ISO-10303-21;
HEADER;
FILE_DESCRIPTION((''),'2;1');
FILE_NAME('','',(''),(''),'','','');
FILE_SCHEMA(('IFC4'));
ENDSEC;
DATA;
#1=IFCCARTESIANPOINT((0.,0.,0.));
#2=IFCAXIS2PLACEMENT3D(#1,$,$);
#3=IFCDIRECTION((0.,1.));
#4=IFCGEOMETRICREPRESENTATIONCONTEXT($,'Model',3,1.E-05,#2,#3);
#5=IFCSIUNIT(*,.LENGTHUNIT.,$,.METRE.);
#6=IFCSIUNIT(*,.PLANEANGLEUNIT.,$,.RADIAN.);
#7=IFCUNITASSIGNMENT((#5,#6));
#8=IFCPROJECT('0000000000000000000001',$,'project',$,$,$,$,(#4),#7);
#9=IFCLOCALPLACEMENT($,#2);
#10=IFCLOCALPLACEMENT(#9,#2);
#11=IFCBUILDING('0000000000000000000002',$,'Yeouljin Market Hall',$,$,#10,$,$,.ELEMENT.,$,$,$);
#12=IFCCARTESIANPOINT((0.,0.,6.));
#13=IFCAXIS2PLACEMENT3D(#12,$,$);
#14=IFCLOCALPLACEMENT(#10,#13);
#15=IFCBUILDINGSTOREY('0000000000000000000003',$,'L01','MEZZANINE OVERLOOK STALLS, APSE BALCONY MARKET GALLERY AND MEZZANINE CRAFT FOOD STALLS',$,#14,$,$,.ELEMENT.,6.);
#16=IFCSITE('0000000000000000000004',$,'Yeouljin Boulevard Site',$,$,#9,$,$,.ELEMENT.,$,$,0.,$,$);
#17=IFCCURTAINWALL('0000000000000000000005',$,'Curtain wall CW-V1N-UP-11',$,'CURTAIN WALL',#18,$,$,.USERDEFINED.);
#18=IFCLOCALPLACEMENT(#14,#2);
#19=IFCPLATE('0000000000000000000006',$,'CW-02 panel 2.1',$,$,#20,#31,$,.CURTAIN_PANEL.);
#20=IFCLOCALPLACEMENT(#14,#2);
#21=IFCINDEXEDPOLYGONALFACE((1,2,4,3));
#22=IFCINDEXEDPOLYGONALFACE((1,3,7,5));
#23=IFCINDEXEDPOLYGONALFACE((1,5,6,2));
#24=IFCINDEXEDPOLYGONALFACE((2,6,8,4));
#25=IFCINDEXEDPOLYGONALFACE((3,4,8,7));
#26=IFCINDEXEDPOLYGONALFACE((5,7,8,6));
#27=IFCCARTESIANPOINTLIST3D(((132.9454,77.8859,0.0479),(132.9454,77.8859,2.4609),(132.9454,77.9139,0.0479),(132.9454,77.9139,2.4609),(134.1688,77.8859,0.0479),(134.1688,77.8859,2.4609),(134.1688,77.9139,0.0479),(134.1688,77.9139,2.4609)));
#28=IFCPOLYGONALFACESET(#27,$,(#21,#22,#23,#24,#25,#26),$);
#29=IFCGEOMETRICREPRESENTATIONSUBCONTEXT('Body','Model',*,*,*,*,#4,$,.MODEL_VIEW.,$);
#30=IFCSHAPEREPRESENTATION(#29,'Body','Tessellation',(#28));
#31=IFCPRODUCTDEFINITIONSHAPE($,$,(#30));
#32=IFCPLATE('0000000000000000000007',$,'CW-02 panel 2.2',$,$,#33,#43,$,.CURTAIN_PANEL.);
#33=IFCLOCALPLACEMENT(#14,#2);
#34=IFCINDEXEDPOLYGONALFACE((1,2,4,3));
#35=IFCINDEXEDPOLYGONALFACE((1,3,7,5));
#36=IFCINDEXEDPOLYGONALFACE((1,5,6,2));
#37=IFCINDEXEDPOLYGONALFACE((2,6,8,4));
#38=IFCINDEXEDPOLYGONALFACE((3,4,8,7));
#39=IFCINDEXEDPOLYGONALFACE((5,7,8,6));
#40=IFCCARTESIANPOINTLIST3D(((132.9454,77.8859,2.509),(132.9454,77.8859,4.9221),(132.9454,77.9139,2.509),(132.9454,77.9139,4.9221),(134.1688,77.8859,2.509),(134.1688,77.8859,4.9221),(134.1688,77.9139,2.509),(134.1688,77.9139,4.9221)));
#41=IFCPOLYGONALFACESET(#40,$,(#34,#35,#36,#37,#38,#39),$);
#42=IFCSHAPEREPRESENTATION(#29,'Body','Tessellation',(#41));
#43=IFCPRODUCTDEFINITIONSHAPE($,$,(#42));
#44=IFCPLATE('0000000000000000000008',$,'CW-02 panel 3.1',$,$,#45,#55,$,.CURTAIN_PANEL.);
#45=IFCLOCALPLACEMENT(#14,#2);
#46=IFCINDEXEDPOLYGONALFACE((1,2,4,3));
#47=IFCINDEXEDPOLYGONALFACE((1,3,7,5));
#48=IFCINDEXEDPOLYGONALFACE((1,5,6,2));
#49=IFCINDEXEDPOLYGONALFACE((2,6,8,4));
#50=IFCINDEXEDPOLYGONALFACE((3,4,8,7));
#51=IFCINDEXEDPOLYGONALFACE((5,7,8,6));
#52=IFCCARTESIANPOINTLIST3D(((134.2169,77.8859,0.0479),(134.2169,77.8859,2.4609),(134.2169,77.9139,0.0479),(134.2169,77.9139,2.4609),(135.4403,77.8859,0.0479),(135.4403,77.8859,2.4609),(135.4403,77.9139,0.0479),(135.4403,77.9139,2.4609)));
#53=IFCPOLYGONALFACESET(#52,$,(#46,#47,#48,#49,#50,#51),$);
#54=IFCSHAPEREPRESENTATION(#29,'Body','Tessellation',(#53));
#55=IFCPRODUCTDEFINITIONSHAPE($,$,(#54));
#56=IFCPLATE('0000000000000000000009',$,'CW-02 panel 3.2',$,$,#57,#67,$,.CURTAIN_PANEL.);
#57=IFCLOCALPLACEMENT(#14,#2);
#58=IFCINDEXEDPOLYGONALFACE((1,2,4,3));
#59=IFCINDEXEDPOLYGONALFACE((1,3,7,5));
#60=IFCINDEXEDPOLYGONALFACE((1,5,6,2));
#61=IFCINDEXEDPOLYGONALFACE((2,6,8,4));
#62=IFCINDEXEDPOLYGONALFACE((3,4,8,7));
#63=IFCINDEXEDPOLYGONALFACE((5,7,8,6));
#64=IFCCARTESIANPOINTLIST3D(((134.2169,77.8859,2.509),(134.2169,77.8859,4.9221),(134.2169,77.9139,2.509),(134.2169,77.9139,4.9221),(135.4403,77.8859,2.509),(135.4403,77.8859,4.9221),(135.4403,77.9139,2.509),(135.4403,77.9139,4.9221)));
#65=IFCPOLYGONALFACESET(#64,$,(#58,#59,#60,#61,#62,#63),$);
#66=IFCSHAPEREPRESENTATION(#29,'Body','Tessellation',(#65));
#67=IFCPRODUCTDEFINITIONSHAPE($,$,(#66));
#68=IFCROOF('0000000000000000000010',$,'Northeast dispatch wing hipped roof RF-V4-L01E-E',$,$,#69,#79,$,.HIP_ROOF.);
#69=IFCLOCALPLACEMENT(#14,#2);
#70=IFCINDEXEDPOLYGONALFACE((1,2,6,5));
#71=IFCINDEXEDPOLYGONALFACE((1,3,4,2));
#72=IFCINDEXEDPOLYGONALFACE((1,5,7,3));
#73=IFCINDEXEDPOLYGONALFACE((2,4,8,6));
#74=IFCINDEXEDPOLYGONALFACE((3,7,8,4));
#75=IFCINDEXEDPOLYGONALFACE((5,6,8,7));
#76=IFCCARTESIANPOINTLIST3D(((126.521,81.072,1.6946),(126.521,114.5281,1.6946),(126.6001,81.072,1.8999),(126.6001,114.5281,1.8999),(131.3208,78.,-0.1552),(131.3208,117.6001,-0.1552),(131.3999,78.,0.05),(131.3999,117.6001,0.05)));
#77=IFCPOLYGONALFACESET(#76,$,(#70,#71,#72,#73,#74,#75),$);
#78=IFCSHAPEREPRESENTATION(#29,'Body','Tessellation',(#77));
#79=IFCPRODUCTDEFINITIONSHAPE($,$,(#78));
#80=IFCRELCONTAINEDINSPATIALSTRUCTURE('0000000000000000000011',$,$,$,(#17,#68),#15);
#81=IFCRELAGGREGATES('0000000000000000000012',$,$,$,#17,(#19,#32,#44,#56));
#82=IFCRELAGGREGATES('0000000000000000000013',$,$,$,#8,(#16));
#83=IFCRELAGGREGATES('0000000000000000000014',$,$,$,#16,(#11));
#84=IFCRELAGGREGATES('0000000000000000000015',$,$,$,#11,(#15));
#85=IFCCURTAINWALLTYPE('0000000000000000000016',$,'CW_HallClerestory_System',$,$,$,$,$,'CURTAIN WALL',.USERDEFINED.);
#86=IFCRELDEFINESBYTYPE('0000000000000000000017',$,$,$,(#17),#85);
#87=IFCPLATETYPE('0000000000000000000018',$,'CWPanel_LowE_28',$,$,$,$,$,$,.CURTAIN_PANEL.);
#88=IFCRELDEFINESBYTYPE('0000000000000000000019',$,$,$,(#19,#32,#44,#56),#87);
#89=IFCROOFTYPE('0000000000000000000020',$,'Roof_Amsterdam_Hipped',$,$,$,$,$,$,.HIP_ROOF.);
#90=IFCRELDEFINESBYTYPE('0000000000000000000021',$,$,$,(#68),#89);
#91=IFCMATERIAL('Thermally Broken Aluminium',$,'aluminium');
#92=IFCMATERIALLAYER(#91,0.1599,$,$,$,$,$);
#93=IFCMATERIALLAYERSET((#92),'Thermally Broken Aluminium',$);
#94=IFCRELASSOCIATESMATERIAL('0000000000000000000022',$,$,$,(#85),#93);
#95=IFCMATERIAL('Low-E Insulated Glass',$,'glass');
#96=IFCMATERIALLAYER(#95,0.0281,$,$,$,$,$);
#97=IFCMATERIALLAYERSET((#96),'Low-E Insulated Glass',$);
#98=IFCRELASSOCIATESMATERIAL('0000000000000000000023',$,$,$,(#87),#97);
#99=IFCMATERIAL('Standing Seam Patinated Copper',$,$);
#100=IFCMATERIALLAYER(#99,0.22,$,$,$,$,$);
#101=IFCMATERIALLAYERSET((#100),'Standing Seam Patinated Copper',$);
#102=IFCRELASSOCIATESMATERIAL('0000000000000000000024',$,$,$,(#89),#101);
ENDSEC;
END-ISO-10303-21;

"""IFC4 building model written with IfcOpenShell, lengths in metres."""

from ifc_helpers import new_model, si_unit, direction, frame, origin, origin_2d, place, context, subcontext, project, spatial, polyline, rectangle, outline, extrude, material, layer, layer_set, type_object, element, aggregate, save


model = new_model("IFC4")

# Units and contexts
model_context = context("Model", 3, precision=1e-05, world=origin(), true_north=direction((0.0, 1.0)))
body_context = subcontext(model_context, "Body", "Model", "MODEL_VIEW")
ifc_project = project(units=[si_unit("LENGTHUNIT", "METRE"), si_unit("PLANEANGLEUNIT", "RADIAN")], contexts=[model_context])

# Site, building, storey
site_placement = place(None, origin())
site = spatial("IfcSite", under=ifc_project, at=site_placement, Name="Yeouljin Boulevard Site", CompositionType="ELEMENT", RefElevation=0.0)
building_placement = place(site_placement, origin())
building = spatial("IfcBuilding", under=site, at=building_placement, Name="Yeouljin Market Hall", CompositionType="ELEMENT")
storey_placement = place(building_placement, frame((0.0, 0.0, 6.0)))
storey = spatial("IfcBuildingStorey", under=building, at=storey_placement, Name="L01", Description="MEZZANINE OVERLOOK STALLS, APSE BALCONY MARKET GALLERY AND MEZZANINE CRAFT FOOD STALLS", CompositionType="ELEMENT", Elevation=6.0)

# Curtain wall
ifc_material_1 = material(Name="Thermally Broken Aluminium", Category="aluminium")
ifc_layer_1 = layer(ifc_material_1, 0.1599)
ifc_layer_set_1 = layer_set([ifc_layer_1], Name="Thermally Broken Aluminium")
curtain_wall_type = type_object("IfcCurtainWallType", Name="CW_HallClerestory_System", ElementType="CURTAIN WALL", PredefinedType="USERDEFINED", material=ifc_layer_set_1)
curtain_wall_placement = place(storey_placement, origin())
curtain_wall = element("IfcCurtainWall", 1, at=curtain_wall_placement, inside=storey, type_object=curtain_wall_type, Name="Curtain wall CW-V1N-UP-11", ObjectType="CURTAIN WALL", PredefinedType="USERDEFINED")

# Plates
ifc_material_2 = material(Name="Low-E Insulated Glass", Category="glass")
ifc_layer_2 = layer(ifc_material_2, 0.0281)
ifc_layer_set_2 = layer_set([ifc_layer_2], Name="Low-E Insulated Glass")
plate_type = type_object("IfcPlateType", Name="CWPanel_LowE_28", PredefinedType="CURTAIN_PANEL", material=ifc_layer_set_2)
plate_1_placement = place(storey_placement, frame((133.5571, 77.8999, 0.0479), z_axis=(0.0, 0.0, 1.0), x_axis=(1.0, 0.0, 0.0)))
plate_1 = element("IfcPlate", 2, at=plate_1_placement, type_object=plate_type, Name="CW-02 panel 2.1", PredefinedType="CURTAIN_PANEL", context=body_context, shape_type="SweptSolid", body=[
    extrude(rectangle(XDim=1.2234, YDim=0.0281, at=origin_2d()), origin(), (0.0, 0.0, 1.0), 2.4131),
])
plate_2_placement = place(storey_placement, frame((133.5571, 77.8999, 2.509), z_axis=(0.0, 0.0, 1.0), x_axis=(1.0, 0.0, 0.0)))
plate_2 = element("IfcPlate", 3, at=plate_2_placement, type_object=plate_type, Name="CW-02 panel 2.2", PredefinedType="CURTAIN_PANEL", context=body_context, shape_type="SweptSolid", body=[
    extrude(rectangle(XDim=1.2234, YDim=0.0281, at=origin_2d()), origin(), (0.0, 0.0, 1.0), 2.4131),
])
plate_3_placement = place(storey_placement, frame((134.8286, 77.8999, 0.0479), z_axis=(0.0, 0.0, 1.0), x_axis=(1.0, 0.0, 0.0)))
plate_3 = element("IfcPlate", 4, at=plate_3_placement, type_object=plate_type, Name="CW-02 panel 3.1", PredefinedType="CURTAIN_PANEL", context=body_context, shape_type="SweptSolid", body=[
    extrude(rectangle(XDim=1.2234, YDim=0.0281, at=origin_2d()), origin(), (0.0, 0.0, 1.0), 2.4131),
])
plate_4_placement = place(storey_placement, frame((134.8286, 77.8999, 2.509), z_axis=(0.0, 0.0, 1.0), x_axis=(1.0, 0.0, 0.0)))
plate_4 = element("IfcPlate", 5, at=plate_4_placement, type_object=plate_type, Name="CW-02 panel 3.2", PredefinedType="CURTAIN_PANEL", context=body_context, shape_type="SweptSolid", body=[
    extrude(rectangle(XDim=1.2234, YDim=0.0281, at=origin_2d()), origin(), (0.0, 0.0, 1.0), 2.4131),
])
aggregate(curtain_wall, [plate_1, plate_2, plate_3, plate_4])

# Roof
ifc_material_3 = material(Name="Standing Seam Patinated Copper")
ifc_layer_3 = layer(ifc_material_3, 0.22)
ifc_layer_set_3 = layer_set([ifc_layer_3], Name="Standing Seam Patinated Copper")
roof_type = type_object("IfcRoofType", Name="Roof_Amsterdam_Hipped", PredefinedType="HIP_ROOF", material=ifc_layer_set_3)
roof_placement = place(storey_placement, frame((131.3999, 78.0, 0.05), z_axis=(0.359618, 0.0, 0.9331), x_axis=(0.0, 1.0, 0.0)))
element("IfcRoof", 6, at=roof_placement, inside=storey, type_object=roof_type, Name="Northeast dispatch wing hipped roof RF-V4-L01E-E", PredefinedType="HIP_ROOF", context=body_context, shape_type="SweptSolid", body=[
    extrude(outline(polyline([(0.0, 0.0), (39.6001, 0.0), (36.5281, 5.1439), (3.072, 5.1439), (0.0, 0.0)])), origin(), (0.0, 0.0, -1.0), 0.22),
])

save(model, "model.ifc")
